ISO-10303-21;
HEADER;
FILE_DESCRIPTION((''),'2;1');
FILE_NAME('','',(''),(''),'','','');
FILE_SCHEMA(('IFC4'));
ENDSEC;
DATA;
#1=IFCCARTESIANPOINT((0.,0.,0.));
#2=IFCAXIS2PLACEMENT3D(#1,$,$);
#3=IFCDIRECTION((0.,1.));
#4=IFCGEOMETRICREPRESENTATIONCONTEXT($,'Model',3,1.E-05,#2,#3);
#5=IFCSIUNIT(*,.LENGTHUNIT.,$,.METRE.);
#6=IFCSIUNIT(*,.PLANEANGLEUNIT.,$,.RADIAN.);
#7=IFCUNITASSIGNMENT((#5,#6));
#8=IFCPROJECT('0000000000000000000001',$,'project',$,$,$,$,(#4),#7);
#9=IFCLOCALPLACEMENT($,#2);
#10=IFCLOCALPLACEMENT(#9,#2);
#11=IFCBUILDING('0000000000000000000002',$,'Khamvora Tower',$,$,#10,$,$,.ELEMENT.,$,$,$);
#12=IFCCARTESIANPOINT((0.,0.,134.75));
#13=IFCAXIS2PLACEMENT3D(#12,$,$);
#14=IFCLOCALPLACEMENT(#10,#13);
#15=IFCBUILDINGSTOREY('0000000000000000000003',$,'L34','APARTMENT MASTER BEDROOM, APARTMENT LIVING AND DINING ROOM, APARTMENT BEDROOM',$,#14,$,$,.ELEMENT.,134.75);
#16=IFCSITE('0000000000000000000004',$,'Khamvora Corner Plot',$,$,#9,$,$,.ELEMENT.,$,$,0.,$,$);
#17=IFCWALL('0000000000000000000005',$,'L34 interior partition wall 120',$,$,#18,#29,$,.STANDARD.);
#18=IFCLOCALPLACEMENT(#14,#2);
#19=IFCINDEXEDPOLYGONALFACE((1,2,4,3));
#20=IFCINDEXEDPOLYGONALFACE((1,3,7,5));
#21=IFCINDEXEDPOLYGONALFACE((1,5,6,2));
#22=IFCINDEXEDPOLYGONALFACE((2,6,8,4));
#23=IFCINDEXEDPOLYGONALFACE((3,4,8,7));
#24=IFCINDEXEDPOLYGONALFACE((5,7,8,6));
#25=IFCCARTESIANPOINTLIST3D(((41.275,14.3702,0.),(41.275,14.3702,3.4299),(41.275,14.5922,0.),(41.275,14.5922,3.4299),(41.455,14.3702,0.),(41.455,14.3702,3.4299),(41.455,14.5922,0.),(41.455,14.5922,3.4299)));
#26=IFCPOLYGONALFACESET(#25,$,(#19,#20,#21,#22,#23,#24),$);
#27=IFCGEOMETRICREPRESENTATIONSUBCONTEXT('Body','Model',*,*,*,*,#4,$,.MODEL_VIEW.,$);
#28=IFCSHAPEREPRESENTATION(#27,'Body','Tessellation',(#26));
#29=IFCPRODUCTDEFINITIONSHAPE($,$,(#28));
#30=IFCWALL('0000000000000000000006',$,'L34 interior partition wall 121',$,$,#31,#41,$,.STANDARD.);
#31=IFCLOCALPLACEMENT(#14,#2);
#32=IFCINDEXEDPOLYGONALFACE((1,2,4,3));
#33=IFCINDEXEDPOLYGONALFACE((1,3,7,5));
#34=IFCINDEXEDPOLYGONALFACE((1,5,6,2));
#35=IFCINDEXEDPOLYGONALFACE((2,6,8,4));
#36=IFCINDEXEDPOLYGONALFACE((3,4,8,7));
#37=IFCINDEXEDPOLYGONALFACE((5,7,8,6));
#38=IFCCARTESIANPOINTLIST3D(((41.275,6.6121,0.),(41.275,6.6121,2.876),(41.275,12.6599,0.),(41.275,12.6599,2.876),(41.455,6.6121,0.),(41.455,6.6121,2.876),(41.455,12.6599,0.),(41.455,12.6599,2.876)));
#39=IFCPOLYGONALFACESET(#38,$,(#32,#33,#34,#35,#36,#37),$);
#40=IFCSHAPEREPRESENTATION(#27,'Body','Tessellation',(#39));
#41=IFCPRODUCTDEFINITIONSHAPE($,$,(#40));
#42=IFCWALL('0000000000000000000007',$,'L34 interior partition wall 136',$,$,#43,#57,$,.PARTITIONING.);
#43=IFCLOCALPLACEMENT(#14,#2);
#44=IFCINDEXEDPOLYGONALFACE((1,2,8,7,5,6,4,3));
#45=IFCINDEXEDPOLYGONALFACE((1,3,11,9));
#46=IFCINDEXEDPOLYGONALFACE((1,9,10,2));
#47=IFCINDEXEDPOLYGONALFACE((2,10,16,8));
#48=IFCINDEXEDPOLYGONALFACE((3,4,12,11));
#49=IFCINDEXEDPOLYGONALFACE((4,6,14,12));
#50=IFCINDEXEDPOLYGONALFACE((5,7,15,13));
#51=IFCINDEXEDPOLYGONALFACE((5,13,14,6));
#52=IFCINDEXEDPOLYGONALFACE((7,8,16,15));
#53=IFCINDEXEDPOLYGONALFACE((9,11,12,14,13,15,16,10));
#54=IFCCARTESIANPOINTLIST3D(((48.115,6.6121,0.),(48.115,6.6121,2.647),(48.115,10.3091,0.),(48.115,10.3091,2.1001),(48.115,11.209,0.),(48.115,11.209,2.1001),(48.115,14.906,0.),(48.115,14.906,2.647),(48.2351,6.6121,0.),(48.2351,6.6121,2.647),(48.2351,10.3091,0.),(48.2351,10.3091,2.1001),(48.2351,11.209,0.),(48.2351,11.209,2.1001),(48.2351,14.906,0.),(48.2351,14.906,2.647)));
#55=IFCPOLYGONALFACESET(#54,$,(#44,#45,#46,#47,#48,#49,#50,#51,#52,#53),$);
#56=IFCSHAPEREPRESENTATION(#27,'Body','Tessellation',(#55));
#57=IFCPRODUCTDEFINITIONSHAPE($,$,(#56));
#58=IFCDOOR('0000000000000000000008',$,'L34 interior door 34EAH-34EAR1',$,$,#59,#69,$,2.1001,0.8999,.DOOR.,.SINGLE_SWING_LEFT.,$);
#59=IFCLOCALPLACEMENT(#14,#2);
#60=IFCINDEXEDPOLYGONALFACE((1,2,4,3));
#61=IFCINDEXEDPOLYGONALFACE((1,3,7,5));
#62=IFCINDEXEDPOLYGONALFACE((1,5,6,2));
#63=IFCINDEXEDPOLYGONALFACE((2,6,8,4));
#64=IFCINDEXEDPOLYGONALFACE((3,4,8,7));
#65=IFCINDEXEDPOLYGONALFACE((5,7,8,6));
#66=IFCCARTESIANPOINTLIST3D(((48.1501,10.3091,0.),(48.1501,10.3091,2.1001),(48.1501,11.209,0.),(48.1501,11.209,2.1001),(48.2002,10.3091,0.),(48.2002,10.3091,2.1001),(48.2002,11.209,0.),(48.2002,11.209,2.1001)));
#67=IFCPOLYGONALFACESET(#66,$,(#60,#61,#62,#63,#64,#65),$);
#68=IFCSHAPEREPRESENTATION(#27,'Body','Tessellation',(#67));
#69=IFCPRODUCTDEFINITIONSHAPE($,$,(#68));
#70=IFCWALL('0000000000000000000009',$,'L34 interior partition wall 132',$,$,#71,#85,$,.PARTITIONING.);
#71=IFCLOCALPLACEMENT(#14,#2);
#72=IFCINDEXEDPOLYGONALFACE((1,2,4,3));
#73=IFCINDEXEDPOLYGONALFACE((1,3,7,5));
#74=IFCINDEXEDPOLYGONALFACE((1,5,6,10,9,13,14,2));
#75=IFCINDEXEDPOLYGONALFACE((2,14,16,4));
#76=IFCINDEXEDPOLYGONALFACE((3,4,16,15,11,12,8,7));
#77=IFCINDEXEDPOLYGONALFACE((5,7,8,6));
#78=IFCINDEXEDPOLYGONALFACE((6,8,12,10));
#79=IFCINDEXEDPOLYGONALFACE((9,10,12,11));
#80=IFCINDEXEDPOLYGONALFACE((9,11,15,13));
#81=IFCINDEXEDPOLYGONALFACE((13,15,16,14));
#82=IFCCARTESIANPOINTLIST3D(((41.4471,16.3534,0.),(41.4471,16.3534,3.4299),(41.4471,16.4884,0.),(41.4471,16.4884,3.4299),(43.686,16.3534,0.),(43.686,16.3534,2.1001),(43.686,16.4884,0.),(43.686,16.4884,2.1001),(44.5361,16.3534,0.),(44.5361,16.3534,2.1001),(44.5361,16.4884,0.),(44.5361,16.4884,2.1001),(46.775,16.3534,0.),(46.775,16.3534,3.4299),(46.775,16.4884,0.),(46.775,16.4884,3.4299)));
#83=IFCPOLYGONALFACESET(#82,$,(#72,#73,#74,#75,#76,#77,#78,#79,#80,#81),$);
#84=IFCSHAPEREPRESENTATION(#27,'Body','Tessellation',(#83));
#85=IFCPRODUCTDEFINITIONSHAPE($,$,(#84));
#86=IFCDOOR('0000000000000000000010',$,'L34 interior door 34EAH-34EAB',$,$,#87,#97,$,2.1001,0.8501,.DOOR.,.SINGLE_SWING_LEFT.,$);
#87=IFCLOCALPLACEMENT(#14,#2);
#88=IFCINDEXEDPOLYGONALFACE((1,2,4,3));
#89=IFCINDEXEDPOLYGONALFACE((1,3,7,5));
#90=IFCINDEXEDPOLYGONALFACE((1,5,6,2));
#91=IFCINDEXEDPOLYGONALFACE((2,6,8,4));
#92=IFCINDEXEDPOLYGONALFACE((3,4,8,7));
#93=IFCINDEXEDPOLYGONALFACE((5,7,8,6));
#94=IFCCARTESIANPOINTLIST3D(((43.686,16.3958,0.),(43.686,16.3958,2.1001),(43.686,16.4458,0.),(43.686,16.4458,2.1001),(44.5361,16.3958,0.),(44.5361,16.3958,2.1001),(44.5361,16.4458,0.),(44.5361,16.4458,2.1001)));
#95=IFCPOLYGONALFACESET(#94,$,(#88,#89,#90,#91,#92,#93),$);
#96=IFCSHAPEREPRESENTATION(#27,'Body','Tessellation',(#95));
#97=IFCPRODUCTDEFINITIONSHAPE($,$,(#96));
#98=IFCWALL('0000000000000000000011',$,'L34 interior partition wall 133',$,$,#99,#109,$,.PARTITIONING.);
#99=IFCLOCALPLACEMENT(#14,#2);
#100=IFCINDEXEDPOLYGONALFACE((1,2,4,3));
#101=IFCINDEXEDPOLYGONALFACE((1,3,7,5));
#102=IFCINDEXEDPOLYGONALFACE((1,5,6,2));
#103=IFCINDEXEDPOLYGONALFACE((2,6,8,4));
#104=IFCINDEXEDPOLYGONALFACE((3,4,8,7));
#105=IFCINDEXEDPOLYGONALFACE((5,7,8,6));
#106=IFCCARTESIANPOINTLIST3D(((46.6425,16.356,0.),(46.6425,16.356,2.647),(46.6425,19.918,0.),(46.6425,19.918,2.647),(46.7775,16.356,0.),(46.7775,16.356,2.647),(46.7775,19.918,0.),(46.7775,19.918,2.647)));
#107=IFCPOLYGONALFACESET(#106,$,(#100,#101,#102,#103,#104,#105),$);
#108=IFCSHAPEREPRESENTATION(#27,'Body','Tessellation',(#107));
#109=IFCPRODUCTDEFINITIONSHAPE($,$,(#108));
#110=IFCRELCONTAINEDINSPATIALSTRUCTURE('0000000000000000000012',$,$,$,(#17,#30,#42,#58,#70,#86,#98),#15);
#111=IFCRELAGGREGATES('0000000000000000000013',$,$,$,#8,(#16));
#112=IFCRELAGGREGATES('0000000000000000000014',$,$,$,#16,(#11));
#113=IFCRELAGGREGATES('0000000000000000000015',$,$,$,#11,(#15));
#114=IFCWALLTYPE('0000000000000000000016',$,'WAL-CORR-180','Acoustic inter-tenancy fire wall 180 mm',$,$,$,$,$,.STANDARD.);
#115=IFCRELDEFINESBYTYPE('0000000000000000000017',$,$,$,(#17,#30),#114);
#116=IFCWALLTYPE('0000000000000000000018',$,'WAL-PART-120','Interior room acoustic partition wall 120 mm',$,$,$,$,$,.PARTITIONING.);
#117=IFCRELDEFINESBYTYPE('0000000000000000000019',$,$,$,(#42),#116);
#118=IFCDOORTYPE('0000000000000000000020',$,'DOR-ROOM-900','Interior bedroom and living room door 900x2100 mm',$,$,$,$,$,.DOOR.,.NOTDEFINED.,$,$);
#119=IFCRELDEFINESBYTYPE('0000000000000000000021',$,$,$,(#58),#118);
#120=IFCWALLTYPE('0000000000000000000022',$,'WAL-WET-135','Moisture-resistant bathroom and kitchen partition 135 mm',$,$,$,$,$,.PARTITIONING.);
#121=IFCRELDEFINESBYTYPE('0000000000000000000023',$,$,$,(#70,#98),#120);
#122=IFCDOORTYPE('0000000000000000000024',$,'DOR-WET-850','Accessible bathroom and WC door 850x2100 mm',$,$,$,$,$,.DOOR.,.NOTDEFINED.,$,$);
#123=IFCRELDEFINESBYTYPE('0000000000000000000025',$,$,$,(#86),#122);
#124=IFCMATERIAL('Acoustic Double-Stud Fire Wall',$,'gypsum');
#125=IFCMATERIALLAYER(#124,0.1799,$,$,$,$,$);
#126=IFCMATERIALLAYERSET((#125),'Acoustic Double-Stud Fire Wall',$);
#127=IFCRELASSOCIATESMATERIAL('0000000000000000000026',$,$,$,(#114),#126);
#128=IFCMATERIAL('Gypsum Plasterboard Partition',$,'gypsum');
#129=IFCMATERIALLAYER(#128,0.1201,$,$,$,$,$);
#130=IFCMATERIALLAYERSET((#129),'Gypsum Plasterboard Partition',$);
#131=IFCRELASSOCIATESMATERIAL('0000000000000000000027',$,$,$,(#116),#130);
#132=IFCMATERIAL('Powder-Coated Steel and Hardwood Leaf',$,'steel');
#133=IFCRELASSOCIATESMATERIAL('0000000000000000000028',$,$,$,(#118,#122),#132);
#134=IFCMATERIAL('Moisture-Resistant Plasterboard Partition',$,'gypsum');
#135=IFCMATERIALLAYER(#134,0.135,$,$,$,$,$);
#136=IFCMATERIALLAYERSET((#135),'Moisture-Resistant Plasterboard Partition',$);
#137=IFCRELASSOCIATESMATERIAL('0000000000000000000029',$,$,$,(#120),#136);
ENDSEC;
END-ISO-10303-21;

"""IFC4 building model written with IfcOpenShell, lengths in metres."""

from ifc_helpers import new_model, si_unit, direction, frame, frame_2d, origin, place, context, subcontext, project, spatial, rectangle, extrude, material, layer, layer_set, type_object, element, fill, save


model = new_model("IFC4")

# Units and contexts
model_context = context("Model", 3, precision=1e-05, world=origin(), true_north=direction((0.0, 1.0)))
body_context = subcontext(model_context, "Body", "Model", "MODEL_VIEW")
ifc_project = project(units=[si_unit("LENGTHUNIT", "METRE"), si_unit("PLANEANGLEUNIT", "RADIAN")], contexts=[model_context])

# Site, building, storey
site_placement = place(None, origin())
site = spatial("IfcSite", under=ifc_project, at=site_placement, Name="Khamvora Corner Plot", CompositionType="ELEMENT", RefElevation=0.0)
building_placement = place(site_placement, origin())
building = spatial("IfcBuilding", under=site, at=building_placement, Name="Khamvora Tower", CompositionType="ELEMENT")
storey_placement = place(building_placement, frame((0.0, 0.0, 134.75)))
storey = spatial("IfcBuildingStorey", under=building, at=storey_placement, Name="L34", Description="APARTMENT MASTER BEDROOM, APARTMENT LIVING AND DINING ROOM, APARTMENT BEDROOM", CompositionType="ELEMENT", Elevation=134.75)

# Walls
ifc_material_1 = material(Name="Acoustic Double-Stud Fire Wall", Category="gypsum")
ifc_layer_1 = layer(ifc_material_1, 0.1799)
ifc_layer_set_1 = layer_set([ifc_layer_1], Name="Acoustic Double-Stud Fire Wall")
wall_type_1 = type_object("IfcWallType", Name="WAL-CORR-180", Description="Acoustic inter-tenancy fire wall 180 mm", PredefinedType="STANDARD", material=ifc_layer_set_1)
wall_1_placement = place(storey_placement, frame((41.365, 14.592, 0.0), z_axis=(0.0, 0.0, 1.0), x_axis=(0.0, -1.0, 0.0)))
element("IfcWall", 1, at=wall_1_placement, inside=storey, type_object=wall_type_1, Name="L34 interior partition wall 120", PredefinedType="STANDARD", context=body_context, shape_type="SweptSolid", body=[
    extrude(rectangle(XDim=0.2219, YDim=0.1799, at=frame_2d((0.1108, 0.0))), origin(), (0.0, 0.0, 1.0), 3.4299),
])
wall_2_placement = place(storey_placement, frame((41.365, 12.6599, 0.0), z_axis=(0.0, 0.0, 1.0), x_axis=(0.0, -1.0, 0.0)))
element("IfcWall", 2, at=wall_2_placement, inside=storey, type_object=wall_type_1, Name="L34 interior partition wall 121", PredefinedType="STANDARD", context=body_context, shape_type="SweptSolid", body=[
    extrude(rectangle(XDim=6.0479, YDim=0.1799, at=frame_2d((3.0239, 0.0))), origin(), (0.0, 0.0, 1.0), 2.876),
])

# Walls, openings, doors
ifc_material_2 = material(Name="Gypsum Plasterboard Partition", Category="gypsum")
ifc_layer_2 = layer(ifc_material_2, 0.1201)
ifc_layer_set_2 = layer_set([ifc_layer_2], Name="Gypsum Plasterboard Partition")
wall_type_2 = type_object("IfcWallType", Name="WAL-PART-120", Description="Interior room acoustic partition wall 120 mm", PredefinedType="PARTITIONING", material=ifc_layer_set_2)
wall_3_placement = place(storey_placement, frame((48.175, 6.6121, 0.0), z_axis=(0.0, 0.0, 1.0), x_axis=(0.0, 1.0, 0.0)))
wall_3 = element("IfcWall", 3, at=wall_3_placement, inside=storey, type_object=wall_type_2, Name="L34 interior partition wall 136", PredefinedType="PARTITIONING", context=body_context, shape_type="SweptSolid", body=[
    extrude(rectangle(XDim=8.2939, YDim=0.1201, at=frame_2d((4.147, 0.0))), origin(), (0.0, 0.0, 1.0), 2.647),
])
opening_1_placement = place(wall_3_placement, frame((3.697, 0.0, 0.0)))
opening_1 = element("IfcOpeningElement", 4, at=opening_1_placement, cuts=wall_3, PredefinedType="OPENING", context=body_context, shape_type="SweptSolid", body=[
    extrude(rectangle(XDim=0.8999, YDim=2.1001, at=frame_2d((0.45, 1.05))), frame((0.0, 0.0701, 0.0), z_axis=(0.0, -1.0, 0.0), x_axis=(1.0, 0.0, 0.0)), (0.0, 0.0, 1.0), 0.1401),
])
ifc_material_3 = material(Name="Powder-Coated Steel and Hardwood Leaf", Category="steel")
door_type_1 = type_object("IfcDoorType", Name="DOR-ROOM-900", Description="Interior bedroom and living room door 900x2100 mm", OperationType="NOTDEFINED", PredefinedType="DOOR", material=ifc_material_3)
door_1_placement = place(opening_1_placement, origin())
door_1 = element("IfcDoor", 5, at=door_1_placement, inside=storey, type_object=door_type_1, Name="L34 interior door 34EAH-34EAR1", OperationType="SINGLE_SWING_LEFT", OverallHeight=2.1001, OverallWidth=0.8999, PredefinedType="DOOR", context=body_context, shape_type="SweptSolid", body=[
    extrude(rectangle(XDim=0.8999, YDim=2.1001, at=frame_2d((0.45, 1.05))), frame((0.0, 0.0249, 0.0), z_axis=(0.0, -1.0, 0.0), x_axis=(1.0, 0.0, 0.0)), (0.0, 0.0, 1.0), 0.05),
])
fill(opening_1, door_1)
ifc_material_4 = material(Name="Moisture-Resistant Plasterboard Partition", Category="gypsum")
ifc_layer_3 = layer(ifc_material_4, 0.135)
ifc_layer_set_3 = layer_set([ifc_layer_3], Name="Moisture-Resistant Plasterboard Partition")
wall_type_3 = type_object("IfcWallType", Name="WAL-WET-135", Description="Moisture-resistant bathroom and kitchen partition 135 mm", PredefinedType="PARTITIONING", material=ifc_layer_set_3)
wall_4_placement = place(storey_placement, frame((41.447, 16.4209, 0.0), z_axis=(0.0, 0.0, 1.0), x_axis=(1.0, 0.0, 0.0)))
wall_4 = element("IfcWall", 6, at=wall_4_placement, inside=storey, type_object=wall_type_3, Name="L34 interior partition wall 132", PredefinedType="PARTITIONING", context=body_context, shape_type="SweptSolid", body=[
    extrude(rectangle(XDim=5.3279, YDim=0.135, at=frame_2d((2.6641, 0.0))), origin(), (0.0, 0.0, 1.0), 3.4299),
])
opening_2_placement = place(wall_4_placement, frame((2.239, 0.0, 0.0)))
opening_2 = element("IfcOpeningElement", 7, at=opening_2_placement, cuts=wall_4, PredefinedType="OPENING", context=body_context, shape_type="SweptSolid", body=[
    extrude(rectangle(XDim=0.8501, YDim=2.1001, at=frame_2d((0.425, 1.05))), frame((0.0, 0.0774, 0.0), z_axis=(0.0, -1.0, 0.0), x_axis=(1.0, 0.0, 0.0)), (0.0, 0.0, 1.0), 0.155),
])
door_type_2 = type_object("IfcDoorType", Name="DOR-WET-850", Description="Accessible bathroom and WC door 850x2100 mm", OperationType="NOTDEFINED", PredefinedType="DOOR", material=ifc_material_3)
door_2_placement = place(opening_2_placement, origin())
door_2 = element("IfcDoor", 8, at=door_2_placement, inside=storey, type_object=door_type_2, Name="L34 interior door 34EAH-34EAB", OperationType="SINGLE_SWING_LEFT", OverallHeight=2.1001, OverallWidth=0.8501, PredefinedType="DOOR", context=body_context, shape_type="SweptSolid", body=[
    extrude(rectangle(XDim=0.8501, YDim=2.1001, at=frame_2d((0.425, 1.05))), frame((0.0, 0.0249, 0.0), z_axis=(0.0, -1.0, 0.0), x_axis=(1.0, 0.0, 0.0)), (0.0, 0.0, 1.0), 0.05),
])
fill(opening_2, door_2)

# Wall
wall_5_placement = place(storey_placement, frame((46.71, 16.356, 0.0), z_axis=(0.0, 0.0, 1.0), x_axis=(0.0, 1.0, 0.0)))
element("IfcWall", 9, at=wall_5_placement, inside=storey, type_object=wall_type_3, Name="L34 interior partition wall 133", PredefinedType="PARTITIONING", context=body_context, shape_type="SweptSolid", body=[
    extrude(rectangle(XDim=3.562, YDim=0.135, at=frame_2d((1.781, 0.0))), origin(), (0.0, 0.0, 1.0), 2.647),
])

save(model, "model.ifc")
